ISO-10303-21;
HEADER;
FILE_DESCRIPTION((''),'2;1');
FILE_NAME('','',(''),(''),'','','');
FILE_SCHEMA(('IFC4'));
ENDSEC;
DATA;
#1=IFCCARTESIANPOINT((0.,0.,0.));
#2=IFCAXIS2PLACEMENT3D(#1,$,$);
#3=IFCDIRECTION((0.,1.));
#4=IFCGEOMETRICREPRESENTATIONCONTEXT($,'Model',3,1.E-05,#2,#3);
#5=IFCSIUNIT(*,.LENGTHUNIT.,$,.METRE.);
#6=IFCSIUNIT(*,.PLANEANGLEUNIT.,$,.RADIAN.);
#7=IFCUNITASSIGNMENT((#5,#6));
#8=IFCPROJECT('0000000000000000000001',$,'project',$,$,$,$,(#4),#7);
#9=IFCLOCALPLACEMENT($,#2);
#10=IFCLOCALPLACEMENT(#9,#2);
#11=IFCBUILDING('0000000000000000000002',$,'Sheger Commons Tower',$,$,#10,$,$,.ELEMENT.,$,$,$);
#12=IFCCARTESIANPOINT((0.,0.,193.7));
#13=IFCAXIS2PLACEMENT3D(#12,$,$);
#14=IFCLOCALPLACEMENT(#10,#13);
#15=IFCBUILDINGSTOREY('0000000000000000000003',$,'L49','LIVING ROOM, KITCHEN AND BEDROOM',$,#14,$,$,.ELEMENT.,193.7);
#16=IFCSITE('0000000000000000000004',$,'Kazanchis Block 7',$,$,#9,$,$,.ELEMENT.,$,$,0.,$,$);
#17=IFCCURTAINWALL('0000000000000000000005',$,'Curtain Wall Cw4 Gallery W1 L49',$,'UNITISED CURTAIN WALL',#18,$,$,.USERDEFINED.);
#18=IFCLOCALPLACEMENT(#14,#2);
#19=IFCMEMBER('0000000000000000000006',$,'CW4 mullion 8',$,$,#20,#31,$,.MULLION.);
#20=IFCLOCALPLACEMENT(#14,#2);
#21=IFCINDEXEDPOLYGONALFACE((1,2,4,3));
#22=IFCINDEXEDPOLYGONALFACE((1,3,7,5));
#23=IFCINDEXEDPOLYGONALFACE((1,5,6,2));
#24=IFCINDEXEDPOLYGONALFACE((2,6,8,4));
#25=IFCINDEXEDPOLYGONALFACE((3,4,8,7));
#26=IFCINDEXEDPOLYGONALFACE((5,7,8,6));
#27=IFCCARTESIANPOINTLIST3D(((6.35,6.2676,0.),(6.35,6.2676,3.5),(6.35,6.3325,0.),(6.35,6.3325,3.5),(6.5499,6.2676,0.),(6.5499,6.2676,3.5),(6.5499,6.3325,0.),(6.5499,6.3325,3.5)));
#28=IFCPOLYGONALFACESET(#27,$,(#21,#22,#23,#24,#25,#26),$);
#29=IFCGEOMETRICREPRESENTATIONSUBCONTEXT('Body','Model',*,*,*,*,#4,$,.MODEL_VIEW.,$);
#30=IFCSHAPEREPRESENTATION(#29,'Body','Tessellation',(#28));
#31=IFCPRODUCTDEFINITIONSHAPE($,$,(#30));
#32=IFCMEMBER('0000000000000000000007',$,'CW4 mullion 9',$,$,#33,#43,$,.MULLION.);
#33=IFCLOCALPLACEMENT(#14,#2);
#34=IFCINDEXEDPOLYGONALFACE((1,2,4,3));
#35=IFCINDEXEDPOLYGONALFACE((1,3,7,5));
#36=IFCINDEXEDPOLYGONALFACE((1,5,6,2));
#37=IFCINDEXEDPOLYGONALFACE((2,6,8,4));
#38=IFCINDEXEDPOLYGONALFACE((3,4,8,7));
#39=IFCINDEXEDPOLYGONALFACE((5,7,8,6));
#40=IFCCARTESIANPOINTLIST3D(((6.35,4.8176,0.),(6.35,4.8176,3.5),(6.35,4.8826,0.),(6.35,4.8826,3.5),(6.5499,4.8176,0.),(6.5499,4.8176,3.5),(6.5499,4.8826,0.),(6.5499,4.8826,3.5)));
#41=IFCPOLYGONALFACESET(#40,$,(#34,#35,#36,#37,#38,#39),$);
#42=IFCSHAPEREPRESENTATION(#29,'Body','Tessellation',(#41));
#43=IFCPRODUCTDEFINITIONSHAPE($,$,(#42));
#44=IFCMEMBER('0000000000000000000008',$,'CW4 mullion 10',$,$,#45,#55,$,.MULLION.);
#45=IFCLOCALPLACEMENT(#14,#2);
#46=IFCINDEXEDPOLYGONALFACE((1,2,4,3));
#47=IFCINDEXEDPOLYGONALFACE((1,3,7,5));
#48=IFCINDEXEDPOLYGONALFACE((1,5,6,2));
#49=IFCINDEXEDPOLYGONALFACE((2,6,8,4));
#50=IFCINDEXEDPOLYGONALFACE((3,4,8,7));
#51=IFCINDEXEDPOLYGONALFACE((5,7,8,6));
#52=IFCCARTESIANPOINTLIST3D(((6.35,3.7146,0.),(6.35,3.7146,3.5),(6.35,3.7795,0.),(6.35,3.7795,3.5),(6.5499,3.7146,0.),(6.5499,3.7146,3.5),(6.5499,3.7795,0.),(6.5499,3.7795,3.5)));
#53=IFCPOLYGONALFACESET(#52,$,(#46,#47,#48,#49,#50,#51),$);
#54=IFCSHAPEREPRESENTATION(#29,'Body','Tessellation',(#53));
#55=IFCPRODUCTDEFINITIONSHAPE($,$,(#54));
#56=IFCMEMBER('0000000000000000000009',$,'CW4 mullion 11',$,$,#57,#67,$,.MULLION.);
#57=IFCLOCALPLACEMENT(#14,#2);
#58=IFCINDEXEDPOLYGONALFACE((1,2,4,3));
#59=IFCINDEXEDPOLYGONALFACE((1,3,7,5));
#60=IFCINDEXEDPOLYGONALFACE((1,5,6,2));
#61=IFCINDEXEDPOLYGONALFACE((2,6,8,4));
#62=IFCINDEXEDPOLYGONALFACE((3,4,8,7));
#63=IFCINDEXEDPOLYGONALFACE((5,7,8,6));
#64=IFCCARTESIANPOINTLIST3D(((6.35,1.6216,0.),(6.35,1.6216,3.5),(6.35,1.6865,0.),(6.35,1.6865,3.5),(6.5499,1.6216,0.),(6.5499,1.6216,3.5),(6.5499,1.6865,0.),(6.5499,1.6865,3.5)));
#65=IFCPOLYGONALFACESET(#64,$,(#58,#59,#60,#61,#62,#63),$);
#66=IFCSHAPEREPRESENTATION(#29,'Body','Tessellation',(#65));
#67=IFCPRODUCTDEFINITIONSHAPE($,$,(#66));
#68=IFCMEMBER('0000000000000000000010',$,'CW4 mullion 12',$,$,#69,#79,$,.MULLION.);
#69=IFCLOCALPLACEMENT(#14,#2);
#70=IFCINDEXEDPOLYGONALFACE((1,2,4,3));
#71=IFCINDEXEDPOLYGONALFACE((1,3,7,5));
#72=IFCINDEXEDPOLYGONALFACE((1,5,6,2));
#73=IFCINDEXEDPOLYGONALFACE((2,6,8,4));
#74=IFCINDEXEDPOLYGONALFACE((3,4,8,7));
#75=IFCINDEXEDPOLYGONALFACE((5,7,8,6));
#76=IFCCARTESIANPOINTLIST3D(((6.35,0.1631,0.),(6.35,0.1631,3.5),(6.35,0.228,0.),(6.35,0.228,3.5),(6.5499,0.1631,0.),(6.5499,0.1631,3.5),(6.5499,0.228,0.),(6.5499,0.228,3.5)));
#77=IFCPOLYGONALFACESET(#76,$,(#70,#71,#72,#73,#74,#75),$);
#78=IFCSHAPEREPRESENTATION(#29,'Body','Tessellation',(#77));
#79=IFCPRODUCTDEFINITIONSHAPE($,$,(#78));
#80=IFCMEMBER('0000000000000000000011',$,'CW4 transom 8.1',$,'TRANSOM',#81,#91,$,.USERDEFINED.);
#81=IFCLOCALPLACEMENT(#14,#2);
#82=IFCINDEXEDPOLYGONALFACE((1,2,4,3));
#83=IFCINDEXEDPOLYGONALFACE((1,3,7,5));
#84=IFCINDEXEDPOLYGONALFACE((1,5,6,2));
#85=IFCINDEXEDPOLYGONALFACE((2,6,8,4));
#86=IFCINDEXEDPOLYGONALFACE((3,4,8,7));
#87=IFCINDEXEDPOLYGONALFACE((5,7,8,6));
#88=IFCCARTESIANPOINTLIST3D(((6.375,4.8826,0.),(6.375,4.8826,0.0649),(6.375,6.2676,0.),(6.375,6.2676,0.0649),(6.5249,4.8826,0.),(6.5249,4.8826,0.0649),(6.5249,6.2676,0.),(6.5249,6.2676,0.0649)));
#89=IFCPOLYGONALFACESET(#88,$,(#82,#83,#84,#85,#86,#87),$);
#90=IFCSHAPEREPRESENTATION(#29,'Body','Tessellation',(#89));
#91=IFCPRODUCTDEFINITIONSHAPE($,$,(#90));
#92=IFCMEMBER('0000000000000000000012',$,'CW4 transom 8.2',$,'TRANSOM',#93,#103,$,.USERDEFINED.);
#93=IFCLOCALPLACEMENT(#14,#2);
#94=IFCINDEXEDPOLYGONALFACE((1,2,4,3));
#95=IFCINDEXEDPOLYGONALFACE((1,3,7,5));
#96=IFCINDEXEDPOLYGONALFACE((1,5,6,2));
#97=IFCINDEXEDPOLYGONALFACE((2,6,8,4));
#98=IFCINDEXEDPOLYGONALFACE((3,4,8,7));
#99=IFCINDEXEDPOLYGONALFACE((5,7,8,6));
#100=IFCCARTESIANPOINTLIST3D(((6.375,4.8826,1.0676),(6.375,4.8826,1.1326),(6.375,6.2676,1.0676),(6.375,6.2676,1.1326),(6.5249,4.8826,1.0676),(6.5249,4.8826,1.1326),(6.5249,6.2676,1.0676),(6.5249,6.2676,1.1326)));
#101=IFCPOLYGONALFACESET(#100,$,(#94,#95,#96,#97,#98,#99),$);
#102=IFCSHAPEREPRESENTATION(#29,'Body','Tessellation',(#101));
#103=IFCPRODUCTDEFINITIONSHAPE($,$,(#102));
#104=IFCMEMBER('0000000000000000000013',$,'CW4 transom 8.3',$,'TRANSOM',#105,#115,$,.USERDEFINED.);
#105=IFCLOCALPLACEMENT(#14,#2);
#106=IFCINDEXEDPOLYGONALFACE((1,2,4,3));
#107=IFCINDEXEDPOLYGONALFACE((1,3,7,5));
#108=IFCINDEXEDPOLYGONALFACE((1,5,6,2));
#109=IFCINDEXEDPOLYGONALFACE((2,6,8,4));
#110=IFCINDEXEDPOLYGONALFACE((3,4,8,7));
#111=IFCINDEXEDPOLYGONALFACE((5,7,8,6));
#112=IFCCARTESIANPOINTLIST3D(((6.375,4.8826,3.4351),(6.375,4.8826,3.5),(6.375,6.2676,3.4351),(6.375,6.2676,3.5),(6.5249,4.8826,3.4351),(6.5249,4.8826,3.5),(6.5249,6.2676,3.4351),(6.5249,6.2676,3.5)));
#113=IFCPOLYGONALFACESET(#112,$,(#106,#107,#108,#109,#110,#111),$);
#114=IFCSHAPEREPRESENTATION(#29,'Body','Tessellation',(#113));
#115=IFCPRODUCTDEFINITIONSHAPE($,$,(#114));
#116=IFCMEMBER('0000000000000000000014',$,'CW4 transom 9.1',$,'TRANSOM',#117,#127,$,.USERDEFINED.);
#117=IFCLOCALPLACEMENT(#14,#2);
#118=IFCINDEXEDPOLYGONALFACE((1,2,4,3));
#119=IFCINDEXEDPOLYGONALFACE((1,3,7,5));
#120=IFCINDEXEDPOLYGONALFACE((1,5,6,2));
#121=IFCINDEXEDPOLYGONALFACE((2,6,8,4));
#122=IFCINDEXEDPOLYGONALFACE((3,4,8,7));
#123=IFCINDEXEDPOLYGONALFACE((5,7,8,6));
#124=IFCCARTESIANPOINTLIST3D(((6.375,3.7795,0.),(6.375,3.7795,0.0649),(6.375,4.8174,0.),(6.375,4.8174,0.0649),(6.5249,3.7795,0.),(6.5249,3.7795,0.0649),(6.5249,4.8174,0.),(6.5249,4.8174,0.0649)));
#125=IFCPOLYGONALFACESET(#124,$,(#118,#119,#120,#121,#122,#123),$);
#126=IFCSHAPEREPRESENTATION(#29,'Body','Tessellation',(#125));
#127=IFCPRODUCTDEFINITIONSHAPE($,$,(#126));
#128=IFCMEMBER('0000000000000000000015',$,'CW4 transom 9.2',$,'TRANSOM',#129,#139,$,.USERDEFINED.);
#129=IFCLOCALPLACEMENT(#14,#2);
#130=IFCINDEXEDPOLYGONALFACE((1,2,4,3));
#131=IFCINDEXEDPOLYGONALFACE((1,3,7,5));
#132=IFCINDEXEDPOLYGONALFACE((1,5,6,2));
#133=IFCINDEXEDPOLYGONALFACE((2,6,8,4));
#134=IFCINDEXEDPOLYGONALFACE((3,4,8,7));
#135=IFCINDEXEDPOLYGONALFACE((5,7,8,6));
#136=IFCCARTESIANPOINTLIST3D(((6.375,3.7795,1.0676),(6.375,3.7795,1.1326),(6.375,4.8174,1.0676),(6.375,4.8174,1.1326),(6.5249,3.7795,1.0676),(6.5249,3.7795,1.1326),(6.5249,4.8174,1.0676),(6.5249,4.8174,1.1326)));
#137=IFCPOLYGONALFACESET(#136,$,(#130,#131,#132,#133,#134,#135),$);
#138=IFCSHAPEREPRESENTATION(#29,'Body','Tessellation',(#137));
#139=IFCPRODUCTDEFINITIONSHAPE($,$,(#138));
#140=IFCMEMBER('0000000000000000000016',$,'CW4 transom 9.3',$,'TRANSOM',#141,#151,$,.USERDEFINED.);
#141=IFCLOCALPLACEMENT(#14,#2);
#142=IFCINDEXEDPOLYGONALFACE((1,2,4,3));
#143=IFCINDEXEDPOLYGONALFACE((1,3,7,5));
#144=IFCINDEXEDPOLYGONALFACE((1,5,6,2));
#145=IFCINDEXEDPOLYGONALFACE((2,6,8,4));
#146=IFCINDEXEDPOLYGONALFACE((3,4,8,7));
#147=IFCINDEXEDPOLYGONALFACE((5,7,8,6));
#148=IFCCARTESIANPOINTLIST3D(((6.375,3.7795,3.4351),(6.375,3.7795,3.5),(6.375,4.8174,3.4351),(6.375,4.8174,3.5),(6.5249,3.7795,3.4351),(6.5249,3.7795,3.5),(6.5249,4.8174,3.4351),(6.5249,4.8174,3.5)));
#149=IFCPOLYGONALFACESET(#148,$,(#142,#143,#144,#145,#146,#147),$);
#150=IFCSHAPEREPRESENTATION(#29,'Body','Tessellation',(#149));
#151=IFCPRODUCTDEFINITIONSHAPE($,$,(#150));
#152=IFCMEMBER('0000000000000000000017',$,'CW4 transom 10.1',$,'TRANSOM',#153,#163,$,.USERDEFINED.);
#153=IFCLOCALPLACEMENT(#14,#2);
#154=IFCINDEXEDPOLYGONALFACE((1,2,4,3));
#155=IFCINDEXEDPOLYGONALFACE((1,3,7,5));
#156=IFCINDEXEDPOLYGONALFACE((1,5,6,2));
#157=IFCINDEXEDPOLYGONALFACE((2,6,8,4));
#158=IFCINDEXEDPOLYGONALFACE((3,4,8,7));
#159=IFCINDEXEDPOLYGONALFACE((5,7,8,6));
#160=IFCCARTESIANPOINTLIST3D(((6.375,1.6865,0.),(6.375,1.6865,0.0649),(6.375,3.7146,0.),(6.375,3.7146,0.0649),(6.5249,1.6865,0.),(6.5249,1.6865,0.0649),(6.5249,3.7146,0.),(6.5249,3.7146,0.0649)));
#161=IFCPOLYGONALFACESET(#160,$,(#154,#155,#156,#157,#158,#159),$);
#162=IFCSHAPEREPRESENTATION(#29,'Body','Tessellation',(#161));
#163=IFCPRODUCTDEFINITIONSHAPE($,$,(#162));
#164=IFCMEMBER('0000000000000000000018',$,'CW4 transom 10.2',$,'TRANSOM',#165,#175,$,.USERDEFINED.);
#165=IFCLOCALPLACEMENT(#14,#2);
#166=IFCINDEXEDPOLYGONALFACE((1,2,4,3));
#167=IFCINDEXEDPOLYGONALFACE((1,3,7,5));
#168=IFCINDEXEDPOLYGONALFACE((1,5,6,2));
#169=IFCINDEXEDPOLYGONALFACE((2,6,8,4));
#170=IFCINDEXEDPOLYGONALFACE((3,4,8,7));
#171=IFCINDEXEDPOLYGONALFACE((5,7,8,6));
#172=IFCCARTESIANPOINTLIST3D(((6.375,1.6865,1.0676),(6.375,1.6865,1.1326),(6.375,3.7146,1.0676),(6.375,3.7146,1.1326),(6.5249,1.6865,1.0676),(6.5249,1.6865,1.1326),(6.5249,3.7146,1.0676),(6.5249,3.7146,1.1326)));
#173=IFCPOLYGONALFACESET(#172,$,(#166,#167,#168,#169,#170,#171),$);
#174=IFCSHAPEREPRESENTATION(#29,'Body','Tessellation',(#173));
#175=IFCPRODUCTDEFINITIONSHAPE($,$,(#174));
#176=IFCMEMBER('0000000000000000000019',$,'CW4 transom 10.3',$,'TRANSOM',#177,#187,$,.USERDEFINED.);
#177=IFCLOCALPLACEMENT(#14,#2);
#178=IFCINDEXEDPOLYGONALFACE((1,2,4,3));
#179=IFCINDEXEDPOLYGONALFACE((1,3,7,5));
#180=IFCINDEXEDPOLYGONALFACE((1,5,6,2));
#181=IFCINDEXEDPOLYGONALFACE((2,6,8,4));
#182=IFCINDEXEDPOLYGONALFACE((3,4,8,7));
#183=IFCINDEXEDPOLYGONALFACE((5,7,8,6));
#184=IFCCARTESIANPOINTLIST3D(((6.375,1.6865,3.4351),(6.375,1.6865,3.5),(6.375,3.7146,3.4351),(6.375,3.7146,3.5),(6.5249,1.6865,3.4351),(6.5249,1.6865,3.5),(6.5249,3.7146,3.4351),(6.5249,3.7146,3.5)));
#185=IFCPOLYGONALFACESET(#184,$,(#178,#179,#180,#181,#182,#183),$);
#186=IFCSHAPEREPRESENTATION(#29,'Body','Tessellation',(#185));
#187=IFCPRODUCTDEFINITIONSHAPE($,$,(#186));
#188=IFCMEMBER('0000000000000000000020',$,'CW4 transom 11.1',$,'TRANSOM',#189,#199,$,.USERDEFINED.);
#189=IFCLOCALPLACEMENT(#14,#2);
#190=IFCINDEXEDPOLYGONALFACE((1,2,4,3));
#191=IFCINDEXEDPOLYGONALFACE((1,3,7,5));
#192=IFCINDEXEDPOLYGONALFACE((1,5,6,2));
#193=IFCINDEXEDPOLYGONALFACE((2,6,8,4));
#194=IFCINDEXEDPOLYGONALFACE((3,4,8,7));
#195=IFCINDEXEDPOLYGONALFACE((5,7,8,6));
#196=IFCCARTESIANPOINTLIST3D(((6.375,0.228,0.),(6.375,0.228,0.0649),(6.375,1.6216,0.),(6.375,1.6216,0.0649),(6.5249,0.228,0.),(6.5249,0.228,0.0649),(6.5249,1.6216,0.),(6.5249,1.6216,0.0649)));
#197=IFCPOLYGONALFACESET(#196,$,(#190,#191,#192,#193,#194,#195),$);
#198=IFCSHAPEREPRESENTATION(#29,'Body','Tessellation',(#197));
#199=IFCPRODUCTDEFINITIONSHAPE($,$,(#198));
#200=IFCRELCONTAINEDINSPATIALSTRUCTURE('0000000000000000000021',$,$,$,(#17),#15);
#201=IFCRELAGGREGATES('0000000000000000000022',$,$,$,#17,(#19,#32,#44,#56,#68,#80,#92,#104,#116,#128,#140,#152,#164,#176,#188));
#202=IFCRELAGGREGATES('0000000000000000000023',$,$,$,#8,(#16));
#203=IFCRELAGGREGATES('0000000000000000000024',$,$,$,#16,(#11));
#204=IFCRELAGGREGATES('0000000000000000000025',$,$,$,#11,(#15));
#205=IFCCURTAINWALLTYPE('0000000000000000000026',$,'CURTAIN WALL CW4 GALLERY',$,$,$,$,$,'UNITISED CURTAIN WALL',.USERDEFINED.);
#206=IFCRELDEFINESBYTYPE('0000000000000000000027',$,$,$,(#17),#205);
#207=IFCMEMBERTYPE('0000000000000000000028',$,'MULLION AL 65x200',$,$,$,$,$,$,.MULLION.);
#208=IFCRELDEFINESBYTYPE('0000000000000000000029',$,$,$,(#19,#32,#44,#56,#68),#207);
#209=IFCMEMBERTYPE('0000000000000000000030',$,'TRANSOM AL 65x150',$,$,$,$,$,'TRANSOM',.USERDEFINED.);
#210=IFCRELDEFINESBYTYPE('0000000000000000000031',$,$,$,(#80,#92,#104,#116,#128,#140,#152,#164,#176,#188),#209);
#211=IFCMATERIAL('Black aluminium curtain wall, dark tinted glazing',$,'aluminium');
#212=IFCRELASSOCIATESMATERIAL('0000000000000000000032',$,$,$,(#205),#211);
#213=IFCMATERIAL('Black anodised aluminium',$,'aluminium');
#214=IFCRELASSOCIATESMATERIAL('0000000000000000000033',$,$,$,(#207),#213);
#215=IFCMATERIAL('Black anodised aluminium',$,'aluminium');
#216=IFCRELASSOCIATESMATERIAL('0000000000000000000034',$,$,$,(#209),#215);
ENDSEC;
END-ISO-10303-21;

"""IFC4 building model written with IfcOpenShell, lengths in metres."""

from ifc_helpers import new_model, si_unit, direction, frame, origin, origin_2d, place, context, subcontext, project, spatial, rectangle, extrude, material, material_profile, profile_set, type_object, element, aggregate, save


model = new_model("IFC4")

# Units and contexts
model_context = context("Model", 3, precision=1e-05, world=origin(), true_north=direction((0.0, 1.0)))
body_context = subcontext(model_context, "Body", "Model", "MODEL_VIEW")
ifc_project = project(units=[si_unit("LENGTHUNIT", "METRE"), si_unit("PLANEANGLEUNIT", "RADIAN")], contexts=[model_context])

# Site, building, storey
site_placement = place(None, origin())
site = spatial("IfcSite", under=ifc_project, at=site_placement, Name="Kazanchis Block 7", CompositionType="ELEMENT", RefElevation=0.0)
building_placement = place(site_placement, origin())
building = spatial("IfcBuilding", under=site, at=building_placement, Name="Sheger Commons Tower", CompositionType="ELEMENT")
storey_placement = place(building_placement, frame((0.0, 0.0, 193.7)))
storey = spatial("IfcBuildingStorey", under=building, at=storey_placement, Name="L49", Description="LIVING ROOM, KITCHEN AND BEDROOM", CompositionType="ELEMENT", Elevation=193.7)

# Curtain wall, members
ifc_material_1 = material(Name="Black aluminium curtain wall, dark tinted glazing", Category="aluminium")
curtain_wall_type = type_object("IfcCurtainWallType", Name="CURTAIN WALL CW4 GALLERY", ElementType="UNITISED CURTAIN WALL", PredefinedType="USERDEFINED", material=ifc_material_1)
curtain_wall_placement = place(storey_placement, origin())
curtain_wall = element("IfcCurtainWall", 1, at=curtain_wall_placement, inside=storey, type_object=curtain_wall_type, Name="Curtain Wall Cw4 Gallery W1 L49", ObjectType="UNITISED CURTAIN WALL", PredefinedType="USERDEFINED")
ifc_material_2 = material(Name="Black anodised aluminium", Category="aluminium")
ifc_material_profile_1 = material_profile(ifc_material_2, rectangle(XDim=0.2, YDim=0.0649, at=origin_2d()), Name="AL 65x200")
ifc_profile_set_1 = profile_set([ifc_material_profile_1], Name="Black anodised aluminium")
member_type_1 = type_object("IfcMemberType", Name="MULLION AL 65x200", PredefinedType="MULLION", material=ifc_profile_set_1)
member_1_placement = place(storey_placement, frame((6.45, 6.3, 0.0), z_axis=(0.0, 0.0, 1.0), x_axis=(1.0, 0.0, 0.0)))
member_1 = element("IfcMember", 2, at=member_1_placement, type_object=member_type_1, Name="CW4 mullion 8", PredefinedType="MULLION", context=body_context, shape_type="SweptSolid", body=[
    extrude(rectangle(XDim=0.2, YDim=0.0649, at=origin_2d()), origin(), (0.0, 0.0, 1.0), 3.5),
])
member_2_placement = place(storey_placement, frame((6.45, 4.8501, 0.0), z_axis=(0.0, 0.0, 1.0), x_axis=(1.0, 0.0, 0.0)))
member_2 = element("IfcMember", 3, at=member_2_placement, type_object=member_type_1, Name="CW4 mullion 9", PredefinedType="MULLION", context=body_context, shape_type="SweptSolid", body=[
    extrude(rectangle(XDim=0.2, YDim=0.0649, at=origin_2d()), origin(), (0.0, 0.0, 1.0), 3.5),
])
member_3_placement = place(storey_placement, frame((6.45, 3.7471, 0.0), z_axis=(0.0, 0.0, 1.0), x_axis=(1.0, 0.0, 0.0)))
member_3 = element("IfcMember", 4, at=member_3_placement, type_object=member_type_1, Name="CW4 mullion 10", PredefinedType="MULLION", context=body_context, shape_type="SweptSolid", body=[
    extrude(rectangle(XDim=0.2, YDim=0.0649, at=origin_2d()), origin(), (0.0, 0.0, 1.0), 3.5),
])
member_4_placement = place(storey_placement, frame((6.45, 1.6541, 0.0), z_axis=(0.0, 0.0, 1.0), x_axis=(1.0, 0.0, 0.0)))
member_4 = element("IfcMember", 5, at=member_4_placement, type_object=member_type_1, Name="CW4 mullion 11", PredefinedType="MULLION", context=body_context, shape_type="SweptSolid", body=[
    extrude(rectangle(XDim=0.2, YDim=0.0649, at=origin_2d()), origin(), (0.0, 0.0, 1.0), 3.5),
])
member_5_placement = place(storey_placement, frame((6.45, 0.1956, 0.0), z_axis=(0.0, 0.0, 1.0), x_axis=(1.0, 0.0, 0.0)))
member_5 = element("IfcMember", 6, at=member_5_placement, type_object=member_type_1, Name="CW4 mullion 12", PredefinedType="MULLION", context=body_context, shape_type="SweptSolid", body=[
    extrude(rectangle(XDim=0.2, YDim=0.0649, at=origin_2d()), origin(), (0.0, 0.0, 1.0), 3.5),
])
ifc_material_3 = material(Name="Black anodised aluminium", Category="aluminium")
ifc_material_profile_2 = material_profile(ifc_material_3, rectangle(XDim=0.1499, YDim=0.0649, at=origin_2d()), Name="AL 65x150")
ifc_profile_set_2 = profile_set([ifc_material_profile_2], Name="Black anodised aluminium")
member_type_2 = type_object("IfcMemberType", Name="TRANSOM AL 65x150", ElementType="TRANSOM", PredefinedType="USERDEFINED", material=ifc_profile_set_2)
member_6_placement = place(storey_placement, frame((6.45, 6.2676, 0.0325), z_axis=(0.0, -1.0, 0.0), x_axis=(1.0, 0.0, 0.0)))
member_6 = element("IfcMember", 7, at=member_6_placement, type_object=member_type_2, Name="CW4 transom 8.1", ObjectType="TRANSOM", PredefinedType="USERDEFINED", context=body_context, shape_type="SweptSolid", body=[
    extrude(rectangle(XDim=0.1499, YDim=0.0649, at=origin_2d()), origin(), (0.0, 0.0, 1.0), 1.385),
])
member_7_placement = place(storey_placement, frame((6.45, 6.2676, 1.1001), z_axis=(0.0, -1.0, 0.0), x_axis=(1.0, 0.0, 0.0)))
member_7 = element("IfcMember", 8, at=member_7_placement, type_object=member_type_2, Name="CW4 transom 8.2", ObjectType="TRANSOM", PredefinedType="USERDEFINED", context=body_context, shape_type="SweptSolid", body=[
    extrude(rectangle(XDim=0.1499, YDim=0.0649, at=origin_2d()), origin(), (0.0, 0.0, 1.0), 1.385),
])
member_8_placement = place(storey_placement, frame((6.45, 6.2676, 3.4675), z_axis=(0.0, -1.0, 0.0), x_axis=(1.0, 0.0, 0.0)))
member_8 = element("IfcMember", 9, at=member_8_placement, type_object=member_type_2, Name="CW4 transom 8.3", ObjectType="TRANSOM", PredefinedType="USERDEFINED", context=body_context, shape_type="SweptSolid", body=[
    extrude(rectangle(XDim=0.1499, YDim=0.0649, at=origin_2d()), origin(), (0.0, 0.0, 1.0), 1.385),
])
member_9_placement = place(storey_placement, frame((6.45, 4.8174, 0.0325), z_axis=(0.0, -1.0, 0.0), x_axis=(1.0, 0.0, 0.0)))
member_9 = element("IfcMember", 10, at=member_9_placement, type_object=member_type_2, Name="CW4 transom 9.1", ObjectType="TRANSOM", PredefinedType="USERDEFINED", context=body_context, shape_type="SweptSolid", body=[
    extrude(rectangle(XDim=0.1499, YDim=0.0649, at=origin_2d()), origin(), (0.0, 0.0, 1.0), 1.0378),
])
member_10_placement = place(storey_placement, frame((6.45, 4.8174, 1.1001), z_axis=(0.0, -1.0, 0.0), x_axis=(1.0, 0.0, 0.0)))
member_10 = element("IfcMember", 11, at=member_10_placement, type_object=member_type_2, Name="CW4 transom 9.2", ObjectType="TRANSOM", PredefinedType="USERDEFINED", context=body_context, shape_type="SweptSolid", body=[
    extrude(rectangle(XDim=0.1499, YDim=0.0649, at=origin_2d()), origin(), (0.0, 0.0, 1.0), 1.0378),
])
member_11_placement = place(storey_placement, frame((6.45, 4.8174, 3.4675), z_axis=(0.0, -1.0, 0.0), x_axis=(1.0, 0.0, 0.0)))
member_11 = element("IfcMember", 12, at=member_11_placement, type_object=member_type_2, Name="CW4 transom 9.3", ObjectType="TRANSOM", PredefinedType="USERDEFINED", context=body_context, shape_type="SweptSolid", body=[
    extrude(rectangle(XDim=0.1499, YDim=0.0649, at=origin_2d()), origin(), (0.0, 0.0, 1.0), 1.0378),
])
member_12_placement = place(storey_placement, frame((6.45, 3.7146, 0.0325), z_axis=(0.0, -1.0, 0.0), x_axis=(1.0, 0.0, 0.0)))
member_12 = element("IfcMember", 13, at=member_12_placement, type_object=member_type_2, Name="CW4 transom 10.1", ObjectType="TRANSOM", PredefinedType="USERDEFINED", context=body_context, shape_type="SweptSolid", body=[
    extrude(rectangle(XDim=0.1499, YDim=0.0649, at=origin_2d()), origin(), (0.0, 0.0, 1.0), 2.0281),
])
member_13_placement = place(storey_placement, frame((6.45, 3.7146, 1.1001), z_axis=(0.0, -1.0, 0.0), x_axis=(1.0, 0.0, 0.0)))
member_13 = element("IfcMember", 14, at=member_13_placement, type_object=member_type_2, Name="CW4 transom 10.2", ObjectType="TRANSOM", PredefinedType="USERDEFINED", context=body_context, shape_type="SweptSolid", body=[
    extrude(rectangle(XDim=0.1499, YDim=0.0649, at=origin_2d()), origin(), (0.0, 0.0, 1.0), 2.0281),
])
member_14_placement = place(storey_placement, frame((6.45, 3.7146, 3.4675), z_axis=(0.0, -1.0, 0.0), x_axis=(1.0, 0.0, 0.0)))
member_14 = element("IfcMember", 15, at=member_14_placement, type_object=member_type_2, Name="CW4 transom 10.3", ObjectType="TRANSOM", PredefinedType="USERDEFINED", context=body_context, shape_type="SweptSolid", body=[
    extrude(rectangle(XDim=0.1499, YDim=0.0649, at=origin_2d()), origin(), (0.0, 0.0, 1.0), 2.0281),
])
member_15_placement = place(storey_placement, frame((6.45, 1.6216, 0.0325), z_axis=(0.0, -1.0, 0.0), x_axis=(1.0, 0.0, 0.0)))
member_15 = element("IfcMember", 16, at=member_15_placement, type_object=member_type_2, Name="CW4 transom 11.1", ObjectType="TRANSOM", PredefinedType="USERDEFINED", context=body_context, shape_type="SweptSolid", body=[
    extrude(rectangle(XDim=0.1499, YDim=0.0649, at=origin_2d()), origin(), (0.0, 0.0, 1.0), 1.3936),
])
aggregate(curtain_wall, [member_1, member_2, member_3, member_4, member_5, member_6, member_7, member_8, member_9, member_10, member_11, member_12, member_13, member_14, member_15])

save(model, "model.ifc")
